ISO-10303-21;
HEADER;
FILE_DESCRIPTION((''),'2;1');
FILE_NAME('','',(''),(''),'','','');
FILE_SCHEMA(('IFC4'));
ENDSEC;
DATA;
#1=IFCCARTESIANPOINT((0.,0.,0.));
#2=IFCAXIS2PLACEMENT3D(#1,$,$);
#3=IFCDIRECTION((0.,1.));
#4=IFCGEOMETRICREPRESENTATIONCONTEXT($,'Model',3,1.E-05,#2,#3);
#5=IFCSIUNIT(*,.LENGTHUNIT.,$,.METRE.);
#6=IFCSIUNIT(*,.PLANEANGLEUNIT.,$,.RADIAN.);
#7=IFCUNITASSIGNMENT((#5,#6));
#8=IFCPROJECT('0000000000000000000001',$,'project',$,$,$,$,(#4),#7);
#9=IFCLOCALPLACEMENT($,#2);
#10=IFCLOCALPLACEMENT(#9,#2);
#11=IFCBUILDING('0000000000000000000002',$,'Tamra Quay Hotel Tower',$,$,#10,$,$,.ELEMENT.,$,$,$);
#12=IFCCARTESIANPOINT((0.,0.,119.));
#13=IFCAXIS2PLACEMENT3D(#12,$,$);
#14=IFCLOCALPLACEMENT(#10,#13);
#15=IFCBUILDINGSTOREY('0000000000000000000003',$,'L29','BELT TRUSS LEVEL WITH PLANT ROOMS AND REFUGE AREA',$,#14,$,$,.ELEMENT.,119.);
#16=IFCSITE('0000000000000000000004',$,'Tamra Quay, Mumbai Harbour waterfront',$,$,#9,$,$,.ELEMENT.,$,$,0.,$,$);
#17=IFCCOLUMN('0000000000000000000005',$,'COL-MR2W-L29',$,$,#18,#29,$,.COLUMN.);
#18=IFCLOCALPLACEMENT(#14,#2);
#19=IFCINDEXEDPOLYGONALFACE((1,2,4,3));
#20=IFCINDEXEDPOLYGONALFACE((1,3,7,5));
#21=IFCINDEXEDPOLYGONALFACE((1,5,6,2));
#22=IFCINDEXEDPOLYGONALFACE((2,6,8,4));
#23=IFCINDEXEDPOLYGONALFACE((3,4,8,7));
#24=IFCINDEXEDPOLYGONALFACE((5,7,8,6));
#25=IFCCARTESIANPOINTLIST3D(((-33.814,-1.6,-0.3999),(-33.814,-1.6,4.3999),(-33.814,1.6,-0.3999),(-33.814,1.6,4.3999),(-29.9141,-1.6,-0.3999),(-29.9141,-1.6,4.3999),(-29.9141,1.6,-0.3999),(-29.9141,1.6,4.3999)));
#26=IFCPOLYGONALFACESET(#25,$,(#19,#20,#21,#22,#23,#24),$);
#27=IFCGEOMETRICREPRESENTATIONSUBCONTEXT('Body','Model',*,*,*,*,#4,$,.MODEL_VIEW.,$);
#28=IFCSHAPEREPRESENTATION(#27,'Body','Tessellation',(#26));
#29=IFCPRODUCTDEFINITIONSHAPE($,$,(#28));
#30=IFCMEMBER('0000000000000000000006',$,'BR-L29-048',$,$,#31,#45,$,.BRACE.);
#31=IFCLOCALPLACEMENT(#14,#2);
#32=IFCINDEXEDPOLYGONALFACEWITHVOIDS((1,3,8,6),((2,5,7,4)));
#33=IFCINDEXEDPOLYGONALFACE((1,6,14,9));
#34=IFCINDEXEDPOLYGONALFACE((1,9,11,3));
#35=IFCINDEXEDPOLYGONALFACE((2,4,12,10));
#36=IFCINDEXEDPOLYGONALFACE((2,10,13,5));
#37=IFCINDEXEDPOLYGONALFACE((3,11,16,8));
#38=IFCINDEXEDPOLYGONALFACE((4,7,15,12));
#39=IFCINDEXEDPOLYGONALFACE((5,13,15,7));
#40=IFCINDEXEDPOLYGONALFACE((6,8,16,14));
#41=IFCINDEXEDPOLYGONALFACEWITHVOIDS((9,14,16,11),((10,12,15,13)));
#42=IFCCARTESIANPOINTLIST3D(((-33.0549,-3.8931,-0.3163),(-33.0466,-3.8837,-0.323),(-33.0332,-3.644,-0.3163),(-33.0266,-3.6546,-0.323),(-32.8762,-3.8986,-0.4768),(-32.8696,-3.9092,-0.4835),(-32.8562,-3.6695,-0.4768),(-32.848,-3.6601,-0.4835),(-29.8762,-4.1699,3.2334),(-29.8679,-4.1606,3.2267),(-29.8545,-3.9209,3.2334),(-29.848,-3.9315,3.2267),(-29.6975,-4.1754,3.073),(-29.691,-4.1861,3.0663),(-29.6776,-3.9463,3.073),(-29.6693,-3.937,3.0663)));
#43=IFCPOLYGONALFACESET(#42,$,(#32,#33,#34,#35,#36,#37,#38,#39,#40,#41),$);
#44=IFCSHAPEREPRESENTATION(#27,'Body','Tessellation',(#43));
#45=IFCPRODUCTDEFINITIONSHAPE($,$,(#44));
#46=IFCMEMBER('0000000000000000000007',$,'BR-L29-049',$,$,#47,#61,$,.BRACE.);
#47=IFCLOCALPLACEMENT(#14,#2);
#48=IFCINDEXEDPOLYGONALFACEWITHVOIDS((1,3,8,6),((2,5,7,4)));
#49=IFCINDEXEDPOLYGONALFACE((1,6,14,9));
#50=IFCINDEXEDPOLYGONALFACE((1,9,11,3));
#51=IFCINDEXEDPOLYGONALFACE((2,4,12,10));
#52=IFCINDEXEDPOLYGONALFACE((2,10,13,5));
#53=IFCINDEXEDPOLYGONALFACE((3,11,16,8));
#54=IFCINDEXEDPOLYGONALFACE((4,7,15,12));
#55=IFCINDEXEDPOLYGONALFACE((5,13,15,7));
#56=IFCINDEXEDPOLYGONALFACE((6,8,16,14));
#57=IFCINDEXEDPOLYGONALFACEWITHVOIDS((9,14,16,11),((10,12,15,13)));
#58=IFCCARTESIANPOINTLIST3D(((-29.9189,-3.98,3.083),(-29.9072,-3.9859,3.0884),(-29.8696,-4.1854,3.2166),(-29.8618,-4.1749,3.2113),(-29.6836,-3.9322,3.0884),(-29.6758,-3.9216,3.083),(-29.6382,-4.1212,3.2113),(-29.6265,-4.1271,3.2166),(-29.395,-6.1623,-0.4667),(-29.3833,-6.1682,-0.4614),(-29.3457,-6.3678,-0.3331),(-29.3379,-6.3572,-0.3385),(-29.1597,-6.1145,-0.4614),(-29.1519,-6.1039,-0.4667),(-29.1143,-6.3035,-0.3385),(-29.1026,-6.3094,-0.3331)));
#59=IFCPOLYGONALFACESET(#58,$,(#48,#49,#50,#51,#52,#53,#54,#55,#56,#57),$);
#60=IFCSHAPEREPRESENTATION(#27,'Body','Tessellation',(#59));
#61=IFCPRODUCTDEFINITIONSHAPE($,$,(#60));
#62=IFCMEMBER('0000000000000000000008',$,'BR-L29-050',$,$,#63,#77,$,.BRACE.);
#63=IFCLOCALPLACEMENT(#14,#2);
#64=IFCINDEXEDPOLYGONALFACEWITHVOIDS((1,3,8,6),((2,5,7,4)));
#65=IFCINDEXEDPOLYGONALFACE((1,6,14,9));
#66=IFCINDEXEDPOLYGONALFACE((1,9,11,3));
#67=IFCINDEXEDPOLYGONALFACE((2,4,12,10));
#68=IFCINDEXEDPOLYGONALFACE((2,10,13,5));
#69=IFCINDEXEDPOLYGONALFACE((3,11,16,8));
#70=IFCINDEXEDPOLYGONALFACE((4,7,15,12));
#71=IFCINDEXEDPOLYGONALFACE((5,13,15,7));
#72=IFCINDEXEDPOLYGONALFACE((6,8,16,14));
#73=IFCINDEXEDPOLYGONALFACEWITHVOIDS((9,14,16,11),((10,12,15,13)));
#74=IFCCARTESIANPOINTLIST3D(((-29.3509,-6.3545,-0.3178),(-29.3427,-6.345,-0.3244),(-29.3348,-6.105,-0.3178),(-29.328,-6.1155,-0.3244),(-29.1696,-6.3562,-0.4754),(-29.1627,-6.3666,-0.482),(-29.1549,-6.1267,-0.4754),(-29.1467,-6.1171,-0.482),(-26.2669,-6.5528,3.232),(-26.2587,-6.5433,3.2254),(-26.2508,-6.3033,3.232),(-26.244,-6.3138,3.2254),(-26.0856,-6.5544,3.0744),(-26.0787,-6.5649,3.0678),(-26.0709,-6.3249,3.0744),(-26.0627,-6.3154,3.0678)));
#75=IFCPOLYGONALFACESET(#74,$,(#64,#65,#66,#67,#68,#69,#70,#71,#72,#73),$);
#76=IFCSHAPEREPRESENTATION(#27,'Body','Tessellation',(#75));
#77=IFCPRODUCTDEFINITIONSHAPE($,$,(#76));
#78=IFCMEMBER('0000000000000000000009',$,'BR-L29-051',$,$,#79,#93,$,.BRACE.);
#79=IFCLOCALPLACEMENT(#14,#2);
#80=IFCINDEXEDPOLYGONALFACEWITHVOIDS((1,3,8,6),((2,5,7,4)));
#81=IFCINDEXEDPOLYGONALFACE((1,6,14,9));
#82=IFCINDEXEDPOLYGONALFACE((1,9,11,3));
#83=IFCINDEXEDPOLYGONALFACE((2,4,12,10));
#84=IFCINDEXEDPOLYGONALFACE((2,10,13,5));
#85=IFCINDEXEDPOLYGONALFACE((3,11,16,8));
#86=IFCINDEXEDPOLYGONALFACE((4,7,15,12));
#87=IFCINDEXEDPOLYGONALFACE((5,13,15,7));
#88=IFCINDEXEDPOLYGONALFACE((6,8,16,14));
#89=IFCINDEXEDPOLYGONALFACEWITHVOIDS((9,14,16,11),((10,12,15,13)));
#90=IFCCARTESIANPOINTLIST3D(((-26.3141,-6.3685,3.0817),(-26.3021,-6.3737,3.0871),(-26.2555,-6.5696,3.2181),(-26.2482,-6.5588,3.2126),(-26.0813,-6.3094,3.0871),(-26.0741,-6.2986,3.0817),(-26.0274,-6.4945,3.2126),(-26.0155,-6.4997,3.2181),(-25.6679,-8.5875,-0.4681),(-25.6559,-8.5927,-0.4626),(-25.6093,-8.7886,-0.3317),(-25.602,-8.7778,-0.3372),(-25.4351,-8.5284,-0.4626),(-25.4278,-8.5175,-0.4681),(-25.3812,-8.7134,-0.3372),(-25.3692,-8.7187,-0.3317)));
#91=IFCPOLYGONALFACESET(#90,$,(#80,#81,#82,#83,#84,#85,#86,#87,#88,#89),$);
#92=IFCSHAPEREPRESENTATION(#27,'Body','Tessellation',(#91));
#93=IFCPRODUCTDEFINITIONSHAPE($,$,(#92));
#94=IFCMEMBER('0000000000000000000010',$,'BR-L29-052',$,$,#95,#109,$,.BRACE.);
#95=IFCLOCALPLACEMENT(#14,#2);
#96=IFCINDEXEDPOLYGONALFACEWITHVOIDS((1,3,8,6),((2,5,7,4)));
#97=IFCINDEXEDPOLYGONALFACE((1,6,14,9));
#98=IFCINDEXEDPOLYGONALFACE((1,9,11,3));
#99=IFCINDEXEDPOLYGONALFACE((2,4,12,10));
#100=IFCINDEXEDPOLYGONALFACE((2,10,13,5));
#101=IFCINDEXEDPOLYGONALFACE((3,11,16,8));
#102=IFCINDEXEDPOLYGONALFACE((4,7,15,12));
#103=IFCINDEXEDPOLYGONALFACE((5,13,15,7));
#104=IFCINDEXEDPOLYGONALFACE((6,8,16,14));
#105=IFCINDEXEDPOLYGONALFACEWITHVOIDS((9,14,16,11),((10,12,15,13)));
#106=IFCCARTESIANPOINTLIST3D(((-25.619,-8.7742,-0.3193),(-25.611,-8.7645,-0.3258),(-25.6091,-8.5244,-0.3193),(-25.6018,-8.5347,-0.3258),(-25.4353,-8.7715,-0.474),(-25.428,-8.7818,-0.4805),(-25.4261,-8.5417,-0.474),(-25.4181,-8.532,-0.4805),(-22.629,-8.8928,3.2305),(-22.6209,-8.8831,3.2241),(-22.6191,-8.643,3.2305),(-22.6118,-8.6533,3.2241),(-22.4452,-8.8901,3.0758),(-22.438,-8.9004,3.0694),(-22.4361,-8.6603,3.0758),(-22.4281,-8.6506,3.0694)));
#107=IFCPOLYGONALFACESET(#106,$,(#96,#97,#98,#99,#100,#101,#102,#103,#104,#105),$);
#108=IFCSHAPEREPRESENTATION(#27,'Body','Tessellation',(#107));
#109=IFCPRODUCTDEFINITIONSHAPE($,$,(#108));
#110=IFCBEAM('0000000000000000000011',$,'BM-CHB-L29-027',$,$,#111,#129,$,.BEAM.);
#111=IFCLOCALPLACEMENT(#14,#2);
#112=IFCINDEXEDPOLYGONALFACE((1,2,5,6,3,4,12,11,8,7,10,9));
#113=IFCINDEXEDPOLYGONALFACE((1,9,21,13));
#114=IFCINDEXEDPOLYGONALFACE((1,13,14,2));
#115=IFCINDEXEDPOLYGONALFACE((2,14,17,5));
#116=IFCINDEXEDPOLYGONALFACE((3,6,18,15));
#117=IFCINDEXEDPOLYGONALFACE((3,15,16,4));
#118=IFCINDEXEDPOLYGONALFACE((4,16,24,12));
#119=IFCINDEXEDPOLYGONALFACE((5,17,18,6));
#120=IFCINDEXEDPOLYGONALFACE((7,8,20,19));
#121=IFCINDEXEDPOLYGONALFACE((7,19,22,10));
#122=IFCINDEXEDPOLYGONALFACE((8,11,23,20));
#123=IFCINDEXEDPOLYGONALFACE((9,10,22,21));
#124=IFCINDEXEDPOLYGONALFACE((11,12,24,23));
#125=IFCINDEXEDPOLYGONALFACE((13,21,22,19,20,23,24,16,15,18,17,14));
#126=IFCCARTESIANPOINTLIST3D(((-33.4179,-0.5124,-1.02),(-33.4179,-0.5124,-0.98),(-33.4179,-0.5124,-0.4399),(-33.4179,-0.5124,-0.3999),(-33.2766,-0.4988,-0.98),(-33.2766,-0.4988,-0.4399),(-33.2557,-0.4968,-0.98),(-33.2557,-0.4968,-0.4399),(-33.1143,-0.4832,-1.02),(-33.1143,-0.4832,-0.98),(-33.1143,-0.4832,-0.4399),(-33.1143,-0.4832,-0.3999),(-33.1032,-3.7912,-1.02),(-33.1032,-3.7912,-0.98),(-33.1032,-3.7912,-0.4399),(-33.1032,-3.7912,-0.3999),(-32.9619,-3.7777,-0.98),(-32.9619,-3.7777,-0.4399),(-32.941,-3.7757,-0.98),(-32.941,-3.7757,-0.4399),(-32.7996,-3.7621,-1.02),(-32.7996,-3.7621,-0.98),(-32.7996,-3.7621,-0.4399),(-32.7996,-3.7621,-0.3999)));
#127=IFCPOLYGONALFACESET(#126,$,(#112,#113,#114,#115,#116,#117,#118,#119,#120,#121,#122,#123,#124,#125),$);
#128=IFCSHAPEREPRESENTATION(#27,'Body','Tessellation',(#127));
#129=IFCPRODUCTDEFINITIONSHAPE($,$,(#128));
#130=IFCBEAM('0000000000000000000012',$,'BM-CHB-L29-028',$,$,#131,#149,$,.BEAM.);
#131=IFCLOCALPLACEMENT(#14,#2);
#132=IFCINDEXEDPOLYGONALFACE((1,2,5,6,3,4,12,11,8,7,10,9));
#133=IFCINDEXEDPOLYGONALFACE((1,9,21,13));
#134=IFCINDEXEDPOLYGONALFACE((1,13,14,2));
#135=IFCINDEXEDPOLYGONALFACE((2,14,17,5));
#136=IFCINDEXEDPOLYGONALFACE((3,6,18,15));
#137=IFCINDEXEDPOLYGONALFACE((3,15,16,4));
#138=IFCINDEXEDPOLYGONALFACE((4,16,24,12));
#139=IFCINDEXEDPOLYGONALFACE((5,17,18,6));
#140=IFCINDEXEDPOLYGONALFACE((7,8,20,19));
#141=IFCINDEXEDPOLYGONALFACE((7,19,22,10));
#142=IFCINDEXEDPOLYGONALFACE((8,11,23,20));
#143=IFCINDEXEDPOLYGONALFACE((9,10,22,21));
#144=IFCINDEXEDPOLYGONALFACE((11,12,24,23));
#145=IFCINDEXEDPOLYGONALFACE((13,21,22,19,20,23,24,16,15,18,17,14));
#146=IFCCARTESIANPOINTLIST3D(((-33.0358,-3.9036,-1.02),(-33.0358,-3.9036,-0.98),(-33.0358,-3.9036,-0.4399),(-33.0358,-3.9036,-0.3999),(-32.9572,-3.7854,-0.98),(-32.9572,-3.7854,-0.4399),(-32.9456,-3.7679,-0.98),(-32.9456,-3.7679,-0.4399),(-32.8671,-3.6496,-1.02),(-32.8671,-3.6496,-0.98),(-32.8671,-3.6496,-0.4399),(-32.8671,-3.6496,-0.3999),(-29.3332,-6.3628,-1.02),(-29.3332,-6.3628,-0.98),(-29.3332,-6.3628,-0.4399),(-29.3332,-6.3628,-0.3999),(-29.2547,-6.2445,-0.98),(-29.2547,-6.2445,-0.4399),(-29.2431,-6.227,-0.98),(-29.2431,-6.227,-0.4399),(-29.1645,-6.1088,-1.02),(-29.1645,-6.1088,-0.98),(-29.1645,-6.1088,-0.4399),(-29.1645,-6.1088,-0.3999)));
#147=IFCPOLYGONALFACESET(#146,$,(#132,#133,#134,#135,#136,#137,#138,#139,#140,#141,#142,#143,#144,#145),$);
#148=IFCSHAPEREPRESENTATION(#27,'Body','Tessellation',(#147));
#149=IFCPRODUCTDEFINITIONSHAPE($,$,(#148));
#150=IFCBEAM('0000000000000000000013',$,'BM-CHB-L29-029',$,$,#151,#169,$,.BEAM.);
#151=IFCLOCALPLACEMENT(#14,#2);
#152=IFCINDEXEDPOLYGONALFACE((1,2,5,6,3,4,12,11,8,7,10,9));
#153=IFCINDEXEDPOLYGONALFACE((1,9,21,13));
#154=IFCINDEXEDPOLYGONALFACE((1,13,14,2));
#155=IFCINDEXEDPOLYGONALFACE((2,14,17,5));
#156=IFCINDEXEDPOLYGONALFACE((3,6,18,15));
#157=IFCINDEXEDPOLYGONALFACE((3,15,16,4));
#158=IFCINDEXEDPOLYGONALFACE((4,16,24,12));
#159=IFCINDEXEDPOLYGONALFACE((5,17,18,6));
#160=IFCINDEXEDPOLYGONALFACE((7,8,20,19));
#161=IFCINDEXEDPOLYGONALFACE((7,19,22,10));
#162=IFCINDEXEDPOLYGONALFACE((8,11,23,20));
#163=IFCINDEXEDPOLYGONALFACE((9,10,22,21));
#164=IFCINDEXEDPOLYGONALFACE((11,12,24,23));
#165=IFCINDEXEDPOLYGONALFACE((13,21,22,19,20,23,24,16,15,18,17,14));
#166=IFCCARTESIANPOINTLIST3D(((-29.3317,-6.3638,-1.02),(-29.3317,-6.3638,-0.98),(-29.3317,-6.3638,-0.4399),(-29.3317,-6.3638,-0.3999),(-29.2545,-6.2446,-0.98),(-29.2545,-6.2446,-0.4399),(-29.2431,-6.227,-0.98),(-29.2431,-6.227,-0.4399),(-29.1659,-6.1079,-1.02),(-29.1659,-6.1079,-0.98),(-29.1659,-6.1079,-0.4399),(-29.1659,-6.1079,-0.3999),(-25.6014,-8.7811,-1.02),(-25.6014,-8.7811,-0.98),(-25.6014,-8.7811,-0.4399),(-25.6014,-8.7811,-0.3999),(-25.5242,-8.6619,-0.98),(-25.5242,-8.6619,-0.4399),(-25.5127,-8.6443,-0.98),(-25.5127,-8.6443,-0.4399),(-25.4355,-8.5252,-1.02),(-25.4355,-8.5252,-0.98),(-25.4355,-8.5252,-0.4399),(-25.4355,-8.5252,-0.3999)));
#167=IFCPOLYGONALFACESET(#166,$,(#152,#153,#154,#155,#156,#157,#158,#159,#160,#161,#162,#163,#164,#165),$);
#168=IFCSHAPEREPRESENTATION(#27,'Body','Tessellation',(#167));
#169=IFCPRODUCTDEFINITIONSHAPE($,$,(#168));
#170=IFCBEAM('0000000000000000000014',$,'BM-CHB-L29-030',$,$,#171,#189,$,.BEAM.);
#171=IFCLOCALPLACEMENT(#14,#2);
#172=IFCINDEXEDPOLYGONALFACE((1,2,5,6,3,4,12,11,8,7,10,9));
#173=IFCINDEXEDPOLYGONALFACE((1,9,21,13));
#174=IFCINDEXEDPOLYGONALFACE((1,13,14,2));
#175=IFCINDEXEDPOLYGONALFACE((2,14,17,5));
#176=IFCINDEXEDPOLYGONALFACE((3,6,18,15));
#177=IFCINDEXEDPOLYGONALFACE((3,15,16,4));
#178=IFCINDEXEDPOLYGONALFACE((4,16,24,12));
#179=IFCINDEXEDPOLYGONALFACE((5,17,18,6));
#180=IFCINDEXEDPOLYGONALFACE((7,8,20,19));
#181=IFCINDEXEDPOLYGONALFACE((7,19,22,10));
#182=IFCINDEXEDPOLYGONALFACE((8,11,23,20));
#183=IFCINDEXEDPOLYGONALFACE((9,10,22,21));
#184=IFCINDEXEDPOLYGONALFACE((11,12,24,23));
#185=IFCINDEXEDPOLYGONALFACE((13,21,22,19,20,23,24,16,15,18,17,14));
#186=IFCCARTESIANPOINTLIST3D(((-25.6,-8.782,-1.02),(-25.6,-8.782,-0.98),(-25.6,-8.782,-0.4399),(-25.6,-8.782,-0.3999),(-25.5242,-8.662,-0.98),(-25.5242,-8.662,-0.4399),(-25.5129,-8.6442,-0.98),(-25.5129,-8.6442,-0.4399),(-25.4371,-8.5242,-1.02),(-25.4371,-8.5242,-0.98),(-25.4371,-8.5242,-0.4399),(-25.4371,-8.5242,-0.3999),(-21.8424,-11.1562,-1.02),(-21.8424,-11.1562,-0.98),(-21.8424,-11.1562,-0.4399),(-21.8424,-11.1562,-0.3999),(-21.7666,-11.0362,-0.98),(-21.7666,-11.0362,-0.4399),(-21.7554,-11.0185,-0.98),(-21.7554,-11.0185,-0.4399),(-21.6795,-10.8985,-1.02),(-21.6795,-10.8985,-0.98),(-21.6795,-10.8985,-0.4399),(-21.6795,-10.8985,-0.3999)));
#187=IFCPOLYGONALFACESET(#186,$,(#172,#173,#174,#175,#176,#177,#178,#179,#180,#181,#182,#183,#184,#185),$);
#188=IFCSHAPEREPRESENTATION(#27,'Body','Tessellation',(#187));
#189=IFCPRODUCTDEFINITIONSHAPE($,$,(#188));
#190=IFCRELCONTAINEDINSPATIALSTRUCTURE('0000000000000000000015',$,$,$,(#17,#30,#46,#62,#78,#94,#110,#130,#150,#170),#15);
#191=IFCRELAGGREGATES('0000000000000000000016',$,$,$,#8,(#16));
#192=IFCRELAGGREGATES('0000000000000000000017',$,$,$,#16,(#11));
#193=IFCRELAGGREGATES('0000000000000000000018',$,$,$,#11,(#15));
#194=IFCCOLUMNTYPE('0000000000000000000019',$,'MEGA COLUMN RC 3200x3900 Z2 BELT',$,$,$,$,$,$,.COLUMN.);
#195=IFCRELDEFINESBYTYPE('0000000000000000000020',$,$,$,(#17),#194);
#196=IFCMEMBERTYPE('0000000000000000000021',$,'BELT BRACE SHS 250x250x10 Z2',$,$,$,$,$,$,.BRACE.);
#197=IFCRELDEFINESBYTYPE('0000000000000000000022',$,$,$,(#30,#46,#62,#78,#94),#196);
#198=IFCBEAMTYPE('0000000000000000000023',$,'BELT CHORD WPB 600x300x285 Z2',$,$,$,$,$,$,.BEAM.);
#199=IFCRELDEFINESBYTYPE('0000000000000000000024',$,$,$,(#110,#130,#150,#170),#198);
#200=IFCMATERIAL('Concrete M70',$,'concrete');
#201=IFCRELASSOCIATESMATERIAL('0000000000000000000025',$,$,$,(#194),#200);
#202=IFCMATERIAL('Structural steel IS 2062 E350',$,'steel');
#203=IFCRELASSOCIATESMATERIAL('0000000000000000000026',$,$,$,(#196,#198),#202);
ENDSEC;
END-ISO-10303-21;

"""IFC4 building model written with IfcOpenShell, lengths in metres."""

from ifc_helpers import new_model, si_unit, direction, frame, origin, origin_2d, place, context, subcontext, project, spatial, rectangle, hollow_rectangle, i_section, extrude, material, material_profile, profile_set, type_object, element, save


model = new_model("IFC4")

# Units and contexts
model_context = context("Model", 3, precision=1e-05, world=origin(), true_north=direction((0.0, 1.0)))
body_context = subcontext(model_context, "Body", "Model", "MODEL_VIEW")
ifc_project = project(units=[si_unit("LENGTHUNIT", "METRE"), si_unit("PLANEANGLEUNIT", "RADIAN")], contexts=[model_context])

# Site, building, storey
site_placement = place(None, origin())
site = spatial("IfcSite", under=ifc_project, at=site_placement, Name="Tamra Quay, Mumbai Harbour waterfront", CompositionType="ELEMENT", RefElevation=0.0)
building_placement = place(site_placement, origin())
building = spatial("IfcBuilding", under=site, at=building_placement, Name="Tamra Quay Hotel Tower", CompositionType="ELEMENT")
storey_placement = place(building_placement, frame((0.0, 0.0, 119.0)))
storey = spatial("IfcBuildingStorey", under=building, at=storey_placement, Name="L29", Description="BELT TRUSS LEVEL WITH PLANT ROOMS AND REFUGE AREA", CompositionType="ELEMENT", Elevation=119.0)

# Column
ifc_material_1 = material(Name="Concrete M70", Category="concrete")
ifc_material_profile_1 = material_profile(ifc_material_1, rectangle(XDim=3.8999, YDim=3.2, at=origin_2d()), Name="MEGA COLUMN RC 3200x3900 Z2 BELT")
ifc_profile_set_1 = profile_set([ifc_material_profile_1], Name="Concrete M70")
column_type = type_object("IfcColumnType", Name="MEGA COLUMN RC 3200x3900 Z2 BELT", PredefinedType="COLUMN", material=ifc_profile_set_1)
column_placement = place(storey_placement, frame((-31.864, 0.0, -0.3999), z_axis=(0.0, 0.0, 1.0), x_axis=(1.0, 0.0, 0.0)))
element("IfcColumn", 1, at=column_placement, inside=storey, type_object=column_type, Name="COL-MR2W-L29", PredefinedType="COLUMN", context=body_context, shape_type="SweptSolid", body=[
    extrude(rectangle(XDim=3.8999, YDim=3.2, at=origin_2d()), origin(), (0.0, 0.0, 1.0), 4.7998),
])

# Members
ifc_material_2 = material(Name="Structural steel IS 2062 E350", Category="steel")
ifc_material_profile_2 = material_profile(ifc_material_2, hollow_rectangle(XDim=0.25, YDim=0.25, WallThickness=0.01, at=origin_2d()), Name="SHS 250x250x10")
ifc_profile_set_2 = profile_set([ifc_material_profile_2], Name="Structural steel IS 2062 E350")
member_type = type_object("IfcMemberType", Name="BELT BRACE SHS 250x250x10 Z2", PredefinedType="BRACE", material=ifc_profile_set_2)
member_1_placement = place(storey_placement, frame((-32.9514, -3.7766, -0.3999), z_axis=(0.665971, -0.058004, 0.743719), x_axis=(0.086768, 0.996229, 0.0)))
element("IfcMember", 2, at=member_1_placement, inside=storey, type_object=member_type, Name="BR-L29-048", PredefinedType="BRACE", context=body_context, shape_type="SweptSolid", body=[
    extrude(hollow_rectangle(XDim=0.25, YDim=0.25, WallThickness=0.01, at=origin_2d()), origin(), (0.0, 0.0, 1.0), 4.7729),
])
member_2_placement = place(storey_placement, frame((-29.2488, -6.2358, -0.3999), z_axis=(-0.12475, 0.519637, 0.845231), x_axis=(-0.972372, -0.233439, 0.0)))
element("IfcMember", 3, at=member_2_placement, inside=storey, type_object=member_type, Name="BR-L29-049", PredefinedType="BRACE", context=body_context, shape_type="SweptSolid", body=[
    extrude(hollow_rectangle(XDim=0.25, YDim=0.25, WallThickness=0.01, at=origin_2d()), origin(), (0.0, 0.0, 1.0), 4.1997),
])
member_3_placement = place(storey_placement, frame((-29.2488, -6.2358, -0.3999), z_axis=(0.655257, -0.042121, 0.754231), x_axis=(0.064149, 0.99794, 0.0)))
element("IfcMember", 4, at=member_3_placement, inside=storey, type_object=member_type, Name="BR-L29-050", PredefinedType="BRACE", context=body_context, shape_type="SweptSolid", body=[
    extrude(hollow_rectangle(XDim=0.25, YDim=0.25, WallThickness=0.01, at=origin_2d()), origin(), (0.0, 0.0, 1.0), 4.7065),
])
member_4_placement = place(storey_placement, frame((-25.5186, -8.6531, -0.3999), z_axis=(-0.152563, 0.523857, 0.838033), x_axis=(-0.960112, -0.279615, 0.0)))
element("IfcMember", 5, at=member_4_placement, inside=storey, type_object=member_type, Name="BR-L29-051", PredefinedType="BRACE", context=body_context, shape_type="SweptSolid", body=[
    extrude(hollow_rectangle(XDim=0.25, YDim=0.25, WallThickness=0.01, at=origin_2d()), origin(), (0.0, 0.0, 1.0), 4.2358),
])
member_5_placement = place(storey_placement, frame((-25.5186, -8.6531, -0.3999), z_axis=(0.644011, -0.025556, 0.764589), x_axis=(0.039652, 0.999214, 0.0)))
element("IfcMember", 6, at=member_5_placement, inside=storey, type_object=member_type, Name="BR-L29-052", PredefinedType="BRACE", context=body_context, shape_type="SweptSolid", body=[
    extrude(hollow_rectangle(XDim=0.25, YDim=0.25, WallThickness=0.01, at=origin_2d()), origin(), (0.0, 0.0, 1.0), 4.6428),
])

# Beams
ifc_material_profile_3 = material_profile(ifc_material_2, i_section(OverallWidth=0.3049, OverallDepth=0.6201, WebThickness=0.021, FlangeThickness=0.04, at=origin_2d()), Name="WPB 600x300x285")
ifc_profile_set_3 = profile_set([ifc_material_profile_3], Name="Structural steel IS 2062 E350")
beam_type_1 = type_object("IfcBeamType", Name="BELT CHORD WPB 600x300x285 Z2", PredefinedType="BEAM", material=ifc_profile_set_3)
beam_1_placement = place(storey_placement, frame((-33.2661, -0.4978, -0.71), z_axis=(0.09554, -0.995426, 0.0), x_axis=(0.995426, 0.09554, 0.0)))
element("IfcBeam", 7, at=beam_1_placement, inside=storey, type_object=beam_type_1, Name="BM-CHB-L29-027", PredefinedType="BEAM", context=body_context, shape_type="SweptSolid", body=[
    extrude(i_section(OverallWidth=0.3049, OverallDepth=0.6201, WebThickness=0.021, FlangeThickness=0.04, at=origin_2d()), origin(), (0.0, 0.0, 1.0), 3.2939),
])
beam_2_placement = place(storey_placement, frame((-32.9514, -3.7766, -0.71), z_axis=(0.833004, -0.553267, 0.0), x_axis=(0.553267, 0.833004, 0.0)))
element("IfcBeam", 8, at=beam_2_placement, inside=storey, type_object=beam_type_1, Name="BM-CHB-L29-028", PredefinedType="BEAM", context=body_context, shape_type="SweptSolid", body=[
    extrude(i_section(OverallWidth=0.3049, OverallDepth=0.6201, WebThickness=0.021, FlangeThickness=0.04, at=origin_2d()), origin(), (0.0, 0.0, 1.0), 4.4448),
])
beam_3_placement = place(storey_placement, frame((-29.2488, -6.2358, -0.71), z_axis=(0.839205, -0.543816, 0.0), x_axis=(0.543816, 0.839205, 0.0)))
element("IfcBeam", 9, at=beam_3_placement, inside=storey, type_object=beam_type_1, Name="BM-CHB-L29-029", PredefinedType="BEAM", context=body_context, shape_type="SweptSolid", body=[
    extrude(i_section(OverallWidth=0.3049, OverallDepth=0.6201, WebThickness=0.021, FlangeThickness=0.04, at=origin_2d()), origin(), (0.0, 0.0, 1.0), 4.4451),
])
beam_4_placement = place(storey_placement, frame((-25.5186, -8.6531, -0.71), z_axis=(0.845381, -0.534165, 0.0), x_axis=(0.534165, 0.845381, 0.0)))
element("IfcBeam", 10, at=beam_4_placement, inside=storey, type_object=beam_type_1, Name="BM-CHB-L29-030", PredefinedType="BEAM", context=body_context, shape_type="SweptSolid", body=[
    extrude(i_section(OverallWidth=0.3049, OverallDepth=0.6201, WebThickness=0.021, FlangeThickness=0.04, at=origin_2d()), origin(), (0.0, 0.0, 1.0), 4.4448),
])

save(model, "model.ifc")
